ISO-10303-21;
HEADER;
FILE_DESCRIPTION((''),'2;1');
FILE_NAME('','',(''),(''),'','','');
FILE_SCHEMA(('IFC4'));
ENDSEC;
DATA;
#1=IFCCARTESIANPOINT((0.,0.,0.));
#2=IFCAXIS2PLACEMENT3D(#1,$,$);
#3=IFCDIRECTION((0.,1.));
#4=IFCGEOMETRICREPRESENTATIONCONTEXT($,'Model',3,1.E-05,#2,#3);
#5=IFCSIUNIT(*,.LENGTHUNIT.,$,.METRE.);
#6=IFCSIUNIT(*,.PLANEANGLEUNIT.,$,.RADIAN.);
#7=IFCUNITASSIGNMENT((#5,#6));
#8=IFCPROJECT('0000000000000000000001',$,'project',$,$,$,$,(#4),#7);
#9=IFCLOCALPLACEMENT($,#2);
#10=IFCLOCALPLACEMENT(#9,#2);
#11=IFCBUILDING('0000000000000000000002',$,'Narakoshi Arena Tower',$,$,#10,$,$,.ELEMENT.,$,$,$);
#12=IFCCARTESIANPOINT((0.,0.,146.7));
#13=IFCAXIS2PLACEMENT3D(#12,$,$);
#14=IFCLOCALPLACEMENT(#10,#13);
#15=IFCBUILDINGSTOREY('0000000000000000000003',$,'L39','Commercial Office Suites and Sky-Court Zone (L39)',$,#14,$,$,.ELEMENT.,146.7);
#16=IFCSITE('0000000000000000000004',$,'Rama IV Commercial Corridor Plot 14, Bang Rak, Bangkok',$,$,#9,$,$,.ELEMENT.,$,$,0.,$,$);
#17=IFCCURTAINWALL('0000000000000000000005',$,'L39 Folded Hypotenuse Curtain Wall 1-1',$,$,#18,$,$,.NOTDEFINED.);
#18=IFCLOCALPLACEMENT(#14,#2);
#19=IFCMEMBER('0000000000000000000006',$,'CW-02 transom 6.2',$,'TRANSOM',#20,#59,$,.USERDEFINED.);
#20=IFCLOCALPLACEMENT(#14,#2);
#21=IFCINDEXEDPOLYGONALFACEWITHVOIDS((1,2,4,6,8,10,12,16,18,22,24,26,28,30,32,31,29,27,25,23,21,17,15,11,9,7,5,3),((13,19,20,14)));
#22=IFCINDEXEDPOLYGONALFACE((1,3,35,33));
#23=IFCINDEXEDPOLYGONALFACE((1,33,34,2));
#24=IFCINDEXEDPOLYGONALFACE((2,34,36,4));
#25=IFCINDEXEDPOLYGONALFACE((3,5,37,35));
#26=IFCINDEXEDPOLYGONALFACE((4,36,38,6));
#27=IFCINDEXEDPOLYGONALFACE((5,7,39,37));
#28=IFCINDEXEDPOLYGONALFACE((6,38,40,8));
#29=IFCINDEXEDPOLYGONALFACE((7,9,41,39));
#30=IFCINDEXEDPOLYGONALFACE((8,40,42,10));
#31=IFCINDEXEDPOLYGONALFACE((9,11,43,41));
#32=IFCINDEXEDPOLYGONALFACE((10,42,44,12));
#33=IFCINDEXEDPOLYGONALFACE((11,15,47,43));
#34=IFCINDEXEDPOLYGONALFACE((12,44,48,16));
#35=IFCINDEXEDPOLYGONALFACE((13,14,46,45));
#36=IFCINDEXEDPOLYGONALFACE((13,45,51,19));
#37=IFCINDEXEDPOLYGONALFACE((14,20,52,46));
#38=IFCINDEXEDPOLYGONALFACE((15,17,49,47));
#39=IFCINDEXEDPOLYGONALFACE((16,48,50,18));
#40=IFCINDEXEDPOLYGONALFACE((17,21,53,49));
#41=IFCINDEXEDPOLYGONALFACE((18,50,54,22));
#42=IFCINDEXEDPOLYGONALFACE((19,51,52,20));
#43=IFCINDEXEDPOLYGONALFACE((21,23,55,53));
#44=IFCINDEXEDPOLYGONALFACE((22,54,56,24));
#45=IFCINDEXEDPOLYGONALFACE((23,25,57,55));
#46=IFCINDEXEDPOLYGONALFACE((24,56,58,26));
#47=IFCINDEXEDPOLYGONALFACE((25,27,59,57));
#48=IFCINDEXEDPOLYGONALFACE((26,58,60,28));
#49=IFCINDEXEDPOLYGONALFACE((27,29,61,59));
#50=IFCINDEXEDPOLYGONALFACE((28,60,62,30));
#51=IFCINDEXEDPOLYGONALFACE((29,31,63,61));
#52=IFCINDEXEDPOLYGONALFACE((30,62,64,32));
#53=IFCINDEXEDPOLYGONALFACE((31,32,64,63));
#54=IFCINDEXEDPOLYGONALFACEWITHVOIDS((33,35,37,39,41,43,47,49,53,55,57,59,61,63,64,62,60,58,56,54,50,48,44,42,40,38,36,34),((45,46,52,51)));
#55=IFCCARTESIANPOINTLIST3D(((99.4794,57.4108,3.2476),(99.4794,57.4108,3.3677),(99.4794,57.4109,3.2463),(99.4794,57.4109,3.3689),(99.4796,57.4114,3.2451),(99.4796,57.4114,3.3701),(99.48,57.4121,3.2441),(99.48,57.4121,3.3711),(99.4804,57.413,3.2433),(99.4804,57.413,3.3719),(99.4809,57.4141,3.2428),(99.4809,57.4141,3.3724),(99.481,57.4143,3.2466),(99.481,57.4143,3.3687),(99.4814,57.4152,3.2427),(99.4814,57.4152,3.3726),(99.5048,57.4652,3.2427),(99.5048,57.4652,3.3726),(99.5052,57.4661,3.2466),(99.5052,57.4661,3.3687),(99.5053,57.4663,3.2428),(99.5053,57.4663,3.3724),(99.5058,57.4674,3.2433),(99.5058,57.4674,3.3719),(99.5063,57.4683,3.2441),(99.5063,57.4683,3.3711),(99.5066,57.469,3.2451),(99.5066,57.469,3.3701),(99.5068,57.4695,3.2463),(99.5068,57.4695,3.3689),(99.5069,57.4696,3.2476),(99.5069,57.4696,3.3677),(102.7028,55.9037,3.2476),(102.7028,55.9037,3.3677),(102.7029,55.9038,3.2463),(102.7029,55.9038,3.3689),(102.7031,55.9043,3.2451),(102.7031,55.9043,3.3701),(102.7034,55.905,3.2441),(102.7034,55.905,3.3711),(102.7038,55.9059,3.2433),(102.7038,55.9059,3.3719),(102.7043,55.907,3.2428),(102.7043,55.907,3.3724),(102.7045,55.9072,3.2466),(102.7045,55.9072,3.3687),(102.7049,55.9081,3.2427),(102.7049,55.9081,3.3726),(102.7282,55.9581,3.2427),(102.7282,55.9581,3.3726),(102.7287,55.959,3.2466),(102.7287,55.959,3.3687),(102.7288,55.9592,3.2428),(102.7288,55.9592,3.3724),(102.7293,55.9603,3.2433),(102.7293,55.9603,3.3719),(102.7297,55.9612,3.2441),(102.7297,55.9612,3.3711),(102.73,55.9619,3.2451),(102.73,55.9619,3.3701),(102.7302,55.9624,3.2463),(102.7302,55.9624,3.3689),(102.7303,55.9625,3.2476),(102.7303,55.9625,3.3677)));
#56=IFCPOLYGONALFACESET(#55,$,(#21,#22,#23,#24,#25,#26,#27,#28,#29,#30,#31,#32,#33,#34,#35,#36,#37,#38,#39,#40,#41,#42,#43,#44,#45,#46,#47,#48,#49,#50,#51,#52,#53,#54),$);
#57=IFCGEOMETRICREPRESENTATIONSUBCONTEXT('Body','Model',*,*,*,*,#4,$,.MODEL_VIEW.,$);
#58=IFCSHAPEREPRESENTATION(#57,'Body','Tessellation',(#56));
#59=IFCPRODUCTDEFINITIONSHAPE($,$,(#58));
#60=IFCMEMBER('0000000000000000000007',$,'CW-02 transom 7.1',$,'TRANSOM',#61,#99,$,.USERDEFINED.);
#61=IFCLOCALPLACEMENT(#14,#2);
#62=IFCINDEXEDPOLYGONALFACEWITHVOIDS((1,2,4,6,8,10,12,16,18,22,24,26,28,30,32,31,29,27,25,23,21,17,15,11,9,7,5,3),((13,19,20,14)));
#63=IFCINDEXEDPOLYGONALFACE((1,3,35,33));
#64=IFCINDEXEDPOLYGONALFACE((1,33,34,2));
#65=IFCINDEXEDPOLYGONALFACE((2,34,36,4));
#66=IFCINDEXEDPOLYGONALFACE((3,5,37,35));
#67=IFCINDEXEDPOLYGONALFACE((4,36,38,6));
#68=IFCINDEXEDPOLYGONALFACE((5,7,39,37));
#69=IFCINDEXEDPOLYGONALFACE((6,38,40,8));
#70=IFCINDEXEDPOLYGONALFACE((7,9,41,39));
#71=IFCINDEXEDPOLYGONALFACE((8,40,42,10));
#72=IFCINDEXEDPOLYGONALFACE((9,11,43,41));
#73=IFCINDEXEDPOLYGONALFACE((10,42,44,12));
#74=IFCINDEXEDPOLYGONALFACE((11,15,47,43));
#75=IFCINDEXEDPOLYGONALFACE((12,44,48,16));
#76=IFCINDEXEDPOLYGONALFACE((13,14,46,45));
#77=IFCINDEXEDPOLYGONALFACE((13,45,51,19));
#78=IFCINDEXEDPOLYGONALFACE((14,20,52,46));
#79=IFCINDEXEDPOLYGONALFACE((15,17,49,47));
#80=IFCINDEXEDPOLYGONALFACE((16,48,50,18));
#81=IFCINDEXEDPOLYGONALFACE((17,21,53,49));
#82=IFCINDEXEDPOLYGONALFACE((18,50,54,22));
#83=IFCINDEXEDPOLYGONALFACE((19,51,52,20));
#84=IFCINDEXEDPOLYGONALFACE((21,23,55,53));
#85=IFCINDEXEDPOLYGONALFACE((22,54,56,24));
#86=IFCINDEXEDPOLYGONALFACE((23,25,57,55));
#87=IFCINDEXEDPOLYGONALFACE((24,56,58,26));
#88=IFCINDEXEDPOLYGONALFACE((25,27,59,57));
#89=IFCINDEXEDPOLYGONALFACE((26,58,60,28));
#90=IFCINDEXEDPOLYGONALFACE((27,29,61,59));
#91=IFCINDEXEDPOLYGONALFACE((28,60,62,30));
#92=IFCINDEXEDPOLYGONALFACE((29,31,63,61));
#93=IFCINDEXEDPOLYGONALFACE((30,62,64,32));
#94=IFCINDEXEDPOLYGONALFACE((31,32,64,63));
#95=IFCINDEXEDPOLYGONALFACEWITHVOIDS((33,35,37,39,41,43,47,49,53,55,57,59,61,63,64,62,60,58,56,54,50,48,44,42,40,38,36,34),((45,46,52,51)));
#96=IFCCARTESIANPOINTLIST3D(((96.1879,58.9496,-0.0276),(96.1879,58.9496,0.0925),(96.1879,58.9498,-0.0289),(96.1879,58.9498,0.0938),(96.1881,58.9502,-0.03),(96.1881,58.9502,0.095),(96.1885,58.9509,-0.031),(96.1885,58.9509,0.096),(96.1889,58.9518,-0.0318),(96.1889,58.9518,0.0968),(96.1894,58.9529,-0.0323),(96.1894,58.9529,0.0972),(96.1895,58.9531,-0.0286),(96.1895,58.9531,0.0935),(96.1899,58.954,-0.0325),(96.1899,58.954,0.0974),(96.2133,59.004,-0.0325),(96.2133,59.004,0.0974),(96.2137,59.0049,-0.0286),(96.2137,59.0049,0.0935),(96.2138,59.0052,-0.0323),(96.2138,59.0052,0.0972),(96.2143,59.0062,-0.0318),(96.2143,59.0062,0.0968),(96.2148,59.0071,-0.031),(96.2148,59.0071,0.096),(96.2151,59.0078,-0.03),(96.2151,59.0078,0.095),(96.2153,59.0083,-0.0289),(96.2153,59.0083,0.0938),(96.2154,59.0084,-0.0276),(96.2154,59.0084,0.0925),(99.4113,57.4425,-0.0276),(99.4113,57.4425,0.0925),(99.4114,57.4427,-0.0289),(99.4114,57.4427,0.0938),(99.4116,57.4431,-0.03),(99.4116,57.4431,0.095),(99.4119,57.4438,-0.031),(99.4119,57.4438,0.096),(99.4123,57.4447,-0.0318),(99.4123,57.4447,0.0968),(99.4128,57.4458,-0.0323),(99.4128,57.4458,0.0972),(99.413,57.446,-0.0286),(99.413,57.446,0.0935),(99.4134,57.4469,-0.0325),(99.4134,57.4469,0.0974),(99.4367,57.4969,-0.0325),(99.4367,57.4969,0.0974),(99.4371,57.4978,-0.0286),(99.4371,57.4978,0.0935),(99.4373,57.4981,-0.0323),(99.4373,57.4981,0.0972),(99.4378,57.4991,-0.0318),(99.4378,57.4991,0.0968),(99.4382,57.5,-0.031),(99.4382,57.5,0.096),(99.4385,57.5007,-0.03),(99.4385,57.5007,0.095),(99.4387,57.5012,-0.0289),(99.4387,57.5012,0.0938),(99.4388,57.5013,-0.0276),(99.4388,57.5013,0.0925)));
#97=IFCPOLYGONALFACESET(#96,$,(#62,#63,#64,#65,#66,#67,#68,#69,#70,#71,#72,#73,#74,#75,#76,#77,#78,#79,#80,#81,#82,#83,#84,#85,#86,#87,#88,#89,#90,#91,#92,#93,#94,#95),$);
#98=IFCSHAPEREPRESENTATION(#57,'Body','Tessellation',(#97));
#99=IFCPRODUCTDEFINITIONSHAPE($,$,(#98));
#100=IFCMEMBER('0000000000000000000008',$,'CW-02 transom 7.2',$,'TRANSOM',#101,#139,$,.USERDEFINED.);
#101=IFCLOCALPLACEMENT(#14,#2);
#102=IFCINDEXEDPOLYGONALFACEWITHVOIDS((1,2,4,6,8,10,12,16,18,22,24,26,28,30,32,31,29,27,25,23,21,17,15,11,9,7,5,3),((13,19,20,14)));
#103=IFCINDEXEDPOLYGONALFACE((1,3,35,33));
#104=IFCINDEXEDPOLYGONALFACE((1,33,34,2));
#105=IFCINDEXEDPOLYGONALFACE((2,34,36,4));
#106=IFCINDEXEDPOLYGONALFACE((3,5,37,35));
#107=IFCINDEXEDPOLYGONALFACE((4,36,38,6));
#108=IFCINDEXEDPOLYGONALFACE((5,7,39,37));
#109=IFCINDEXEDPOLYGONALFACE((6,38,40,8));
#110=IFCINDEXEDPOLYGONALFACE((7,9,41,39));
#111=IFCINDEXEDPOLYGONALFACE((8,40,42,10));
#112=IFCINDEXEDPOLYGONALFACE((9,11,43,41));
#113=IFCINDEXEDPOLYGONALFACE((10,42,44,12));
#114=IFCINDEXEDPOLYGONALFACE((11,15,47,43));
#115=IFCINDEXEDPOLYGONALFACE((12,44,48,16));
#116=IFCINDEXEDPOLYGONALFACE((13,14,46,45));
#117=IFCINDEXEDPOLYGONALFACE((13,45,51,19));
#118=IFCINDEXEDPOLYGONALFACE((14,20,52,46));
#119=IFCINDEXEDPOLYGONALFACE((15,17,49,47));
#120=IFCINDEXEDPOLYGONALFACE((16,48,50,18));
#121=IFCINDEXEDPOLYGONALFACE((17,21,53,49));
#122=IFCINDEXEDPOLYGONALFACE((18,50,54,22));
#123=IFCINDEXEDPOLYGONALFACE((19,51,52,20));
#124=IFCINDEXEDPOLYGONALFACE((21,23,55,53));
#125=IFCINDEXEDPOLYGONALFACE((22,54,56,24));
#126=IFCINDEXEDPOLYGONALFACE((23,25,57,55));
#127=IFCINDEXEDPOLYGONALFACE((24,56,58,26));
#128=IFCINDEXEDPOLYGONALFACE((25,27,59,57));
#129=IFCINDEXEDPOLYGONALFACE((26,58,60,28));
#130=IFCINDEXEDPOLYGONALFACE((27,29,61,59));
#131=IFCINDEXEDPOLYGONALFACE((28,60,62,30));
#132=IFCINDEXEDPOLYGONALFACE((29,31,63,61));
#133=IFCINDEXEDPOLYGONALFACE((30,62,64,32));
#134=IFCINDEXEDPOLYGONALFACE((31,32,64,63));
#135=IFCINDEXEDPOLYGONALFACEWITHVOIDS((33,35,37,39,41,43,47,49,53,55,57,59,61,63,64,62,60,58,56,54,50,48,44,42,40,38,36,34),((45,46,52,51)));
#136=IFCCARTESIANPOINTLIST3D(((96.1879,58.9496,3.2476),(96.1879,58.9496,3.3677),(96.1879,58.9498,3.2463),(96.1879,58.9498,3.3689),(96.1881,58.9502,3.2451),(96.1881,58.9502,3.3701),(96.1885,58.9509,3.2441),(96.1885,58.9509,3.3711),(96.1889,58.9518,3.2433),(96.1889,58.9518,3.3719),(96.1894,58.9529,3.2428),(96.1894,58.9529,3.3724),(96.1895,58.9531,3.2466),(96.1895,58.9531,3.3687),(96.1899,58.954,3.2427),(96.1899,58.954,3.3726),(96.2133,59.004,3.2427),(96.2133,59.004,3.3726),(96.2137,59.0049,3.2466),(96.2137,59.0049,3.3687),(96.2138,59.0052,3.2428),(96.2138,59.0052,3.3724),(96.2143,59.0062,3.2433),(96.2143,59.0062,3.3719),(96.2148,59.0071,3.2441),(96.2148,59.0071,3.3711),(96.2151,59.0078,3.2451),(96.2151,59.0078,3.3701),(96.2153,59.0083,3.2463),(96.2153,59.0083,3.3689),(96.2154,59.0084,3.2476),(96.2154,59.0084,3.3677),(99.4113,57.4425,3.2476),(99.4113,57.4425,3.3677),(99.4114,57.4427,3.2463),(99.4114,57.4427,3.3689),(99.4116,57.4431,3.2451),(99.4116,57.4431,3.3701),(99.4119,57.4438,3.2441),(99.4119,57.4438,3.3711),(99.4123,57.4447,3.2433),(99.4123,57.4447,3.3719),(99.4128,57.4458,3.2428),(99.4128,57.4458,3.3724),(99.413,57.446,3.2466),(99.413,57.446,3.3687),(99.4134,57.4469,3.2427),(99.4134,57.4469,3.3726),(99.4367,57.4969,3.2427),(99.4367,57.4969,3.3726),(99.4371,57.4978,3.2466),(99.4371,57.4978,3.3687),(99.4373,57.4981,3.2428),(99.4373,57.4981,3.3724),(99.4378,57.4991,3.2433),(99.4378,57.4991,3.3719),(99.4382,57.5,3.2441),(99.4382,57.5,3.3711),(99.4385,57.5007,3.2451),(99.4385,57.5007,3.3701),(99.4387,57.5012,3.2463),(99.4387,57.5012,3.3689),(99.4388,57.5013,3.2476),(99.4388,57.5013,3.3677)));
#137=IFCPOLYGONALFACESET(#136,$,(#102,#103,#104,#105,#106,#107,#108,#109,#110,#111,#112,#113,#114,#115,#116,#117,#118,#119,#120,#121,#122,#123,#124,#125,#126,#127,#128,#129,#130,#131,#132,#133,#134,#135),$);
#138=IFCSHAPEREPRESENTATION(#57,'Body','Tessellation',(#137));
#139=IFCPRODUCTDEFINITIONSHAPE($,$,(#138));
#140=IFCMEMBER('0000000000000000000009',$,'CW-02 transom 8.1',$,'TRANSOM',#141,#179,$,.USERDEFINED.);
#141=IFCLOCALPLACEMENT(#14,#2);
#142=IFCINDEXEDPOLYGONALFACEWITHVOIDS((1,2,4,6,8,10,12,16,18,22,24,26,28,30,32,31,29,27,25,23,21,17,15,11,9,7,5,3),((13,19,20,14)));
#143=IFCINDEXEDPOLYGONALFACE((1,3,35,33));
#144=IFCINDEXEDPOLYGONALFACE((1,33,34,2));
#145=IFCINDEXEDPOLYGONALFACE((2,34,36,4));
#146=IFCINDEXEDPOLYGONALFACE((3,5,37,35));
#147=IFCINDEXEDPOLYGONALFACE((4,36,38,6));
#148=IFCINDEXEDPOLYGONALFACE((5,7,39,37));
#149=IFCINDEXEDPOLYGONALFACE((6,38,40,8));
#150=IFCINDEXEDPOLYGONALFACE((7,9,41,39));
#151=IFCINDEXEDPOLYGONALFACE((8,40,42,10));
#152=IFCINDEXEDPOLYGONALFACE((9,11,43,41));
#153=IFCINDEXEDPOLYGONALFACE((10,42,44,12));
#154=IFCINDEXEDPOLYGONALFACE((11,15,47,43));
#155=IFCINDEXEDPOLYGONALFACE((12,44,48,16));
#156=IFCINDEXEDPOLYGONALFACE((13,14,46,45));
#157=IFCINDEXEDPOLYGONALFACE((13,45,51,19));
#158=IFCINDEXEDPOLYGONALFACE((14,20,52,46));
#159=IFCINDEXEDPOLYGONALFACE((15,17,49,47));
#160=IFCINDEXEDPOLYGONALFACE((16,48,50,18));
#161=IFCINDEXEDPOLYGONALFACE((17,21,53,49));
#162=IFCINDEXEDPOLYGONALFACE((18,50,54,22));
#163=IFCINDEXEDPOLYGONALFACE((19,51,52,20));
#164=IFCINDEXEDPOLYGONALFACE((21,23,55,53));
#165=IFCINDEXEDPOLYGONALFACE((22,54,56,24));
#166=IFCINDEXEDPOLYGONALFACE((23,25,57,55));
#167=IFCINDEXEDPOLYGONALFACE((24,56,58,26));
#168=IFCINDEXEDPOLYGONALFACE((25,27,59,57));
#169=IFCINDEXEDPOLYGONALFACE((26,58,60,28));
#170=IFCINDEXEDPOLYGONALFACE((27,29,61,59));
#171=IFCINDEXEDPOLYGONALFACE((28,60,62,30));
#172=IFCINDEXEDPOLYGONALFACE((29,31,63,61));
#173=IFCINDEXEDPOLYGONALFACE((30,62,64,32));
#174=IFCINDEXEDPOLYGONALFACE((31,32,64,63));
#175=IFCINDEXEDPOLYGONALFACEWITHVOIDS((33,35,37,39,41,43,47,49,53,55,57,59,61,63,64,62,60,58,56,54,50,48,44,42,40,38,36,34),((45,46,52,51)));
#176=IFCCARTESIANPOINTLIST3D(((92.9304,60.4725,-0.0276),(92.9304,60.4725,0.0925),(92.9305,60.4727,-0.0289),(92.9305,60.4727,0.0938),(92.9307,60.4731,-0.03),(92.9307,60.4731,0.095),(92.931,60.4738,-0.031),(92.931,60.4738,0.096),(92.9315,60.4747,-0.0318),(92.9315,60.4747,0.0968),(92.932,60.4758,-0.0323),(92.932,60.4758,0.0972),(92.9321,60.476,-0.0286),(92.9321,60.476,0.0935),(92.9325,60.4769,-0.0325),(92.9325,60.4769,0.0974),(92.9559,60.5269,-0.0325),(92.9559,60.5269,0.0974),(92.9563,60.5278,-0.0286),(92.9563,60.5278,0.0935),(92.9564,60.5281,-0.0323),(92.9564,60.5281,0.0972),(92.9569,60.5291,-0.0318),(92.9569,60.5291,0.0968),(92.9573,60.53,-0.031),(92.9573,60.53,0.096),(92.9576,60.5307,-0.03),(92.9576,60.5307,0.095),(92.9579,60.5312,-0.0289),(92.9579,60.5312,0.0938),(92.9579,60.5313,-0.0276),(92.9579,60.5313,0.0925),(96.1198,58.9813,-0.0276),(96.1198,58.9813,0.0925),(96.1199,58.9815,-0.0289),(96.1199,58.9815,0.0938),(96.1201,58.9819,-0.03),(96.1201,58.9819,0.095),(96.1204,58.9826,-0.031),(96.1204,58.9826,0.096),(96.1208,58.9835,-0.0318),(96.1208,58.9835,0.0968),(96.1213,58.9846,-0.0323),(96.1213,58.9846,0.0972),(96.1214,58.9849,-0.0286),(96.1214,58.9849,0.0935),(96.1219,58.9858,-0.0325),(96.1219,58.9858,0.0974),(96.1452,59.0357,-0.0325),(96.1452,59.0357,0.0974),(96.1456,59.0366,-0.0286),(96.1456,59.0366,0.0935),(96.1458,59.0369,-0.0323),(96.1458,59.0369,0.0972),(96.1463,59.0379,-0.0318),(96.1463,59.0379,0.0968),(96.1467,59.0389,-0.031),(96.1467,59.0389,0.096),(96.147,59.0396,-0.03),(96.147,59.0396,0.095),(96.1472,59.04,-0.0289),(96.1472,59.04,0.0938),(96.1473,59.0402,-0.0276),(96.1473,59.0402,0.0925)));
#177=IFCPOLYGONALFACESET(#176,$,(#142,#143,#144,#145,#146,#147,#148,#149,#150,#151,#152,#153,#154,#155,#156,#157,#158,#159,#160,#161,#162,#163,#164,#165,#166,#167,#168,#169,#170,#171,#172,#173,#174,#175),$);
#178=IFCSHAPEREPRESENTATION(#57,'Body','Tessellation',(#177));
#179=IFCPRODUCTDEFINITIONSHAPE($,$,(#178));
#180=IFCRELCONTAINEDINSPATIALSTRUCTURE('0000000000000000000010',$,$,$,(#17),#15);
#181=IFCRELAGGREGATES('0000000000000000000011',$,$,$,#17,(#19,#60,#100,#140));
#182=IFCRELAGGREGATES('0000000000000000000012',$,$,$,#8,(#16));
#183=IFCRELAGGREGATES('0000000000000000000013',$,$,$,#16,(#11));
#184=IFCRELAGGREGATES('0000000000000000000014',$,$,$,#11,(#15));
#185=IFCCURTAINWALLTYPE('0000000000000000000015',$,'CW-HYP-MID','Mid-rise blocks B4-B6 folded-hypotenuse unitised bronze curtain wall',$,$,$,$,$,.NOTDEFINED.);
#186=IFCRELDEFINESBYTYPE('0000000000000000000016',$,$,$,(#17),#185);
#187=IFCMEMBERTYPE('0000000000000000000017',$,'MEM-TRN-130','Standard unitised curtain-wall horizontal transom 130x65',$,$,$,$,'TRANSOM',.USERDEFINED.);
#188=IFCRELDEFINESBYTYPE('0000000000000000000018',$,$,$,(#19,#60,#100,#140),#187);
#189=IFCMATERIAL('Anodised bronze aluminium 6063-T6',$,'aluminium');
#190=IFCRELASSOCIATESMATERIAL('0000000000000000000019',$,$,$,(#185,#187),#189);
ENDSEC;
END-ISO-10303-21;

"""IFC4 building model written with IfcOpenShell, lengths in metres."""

from ifc_helpers import new_model, si_unit, direction, frame, origin, origin_2d, place, context, subcontext, project, spatial, hollow_rectangle, extrude, material, material_profile, profile_set, type_object, element, aggregate, save


model = new_model("IFC4")

# Units and contexts
model_context = context("Model", 3, precision=1e-05, world=origin(), true_north=direction((0.0, 1.0)))
body_context = subcontext(model_context, "Body", "Model", "MODEL_VIEW")
ifc_project = project(units=[si_unit("LENGTHUNIT", "METRE"), si_unit("PLANEANGLEUNIT", "RADIAN")], contexts=[model_context])

# Site, building, storey
site_placement = place(None, origin())
site = spatial("IfcSite", under=ifc_project, at=site_placement, Name="Rama IV Commercial Corridor Plot 14, Bang Rak, Bangkok", CompositionType="ELEMENT", RefElevation=0.0)
building_placement = place(site_placement, origin())
building = spatial("IfcBuilding", under=site, at=building_placement, Name="Narakoshi Arena Tower", CompositionType="ELEMENT")
storey_placement = place(building_placement, frame((0.0, 0.0, 146.7)))
storey = spatial("IfcBuildingStorey", under=building, at=storey_placement, Name="L39", Description="Commercial Office Suites and Sky-Court Zone (L39)", CompositionType="ELEMENT", Elevation=146.7)

# Curtain wall, members
ifc_material_1 = material(Name="Anodised bronze aluminium 6063-T6", Category="aluminium")
curtain_wall_type = type_object("IfcCurtainWallType", Name="CW-HYP-MID", Description="Mid-rise blocks B4-B6 folded-hypotenuse unitised bronze curtain wall", PredefinedType="NOTDEFINED", material=ifc_material_1)
curtain_wall_placement = place(storey_placement, origin())
curtain_wall = element("IfcCurtainWall", 1, at=curtain_wall_placement, inside=storey, type_object=curtain_wall_type, Name="L39 Folded Hypotenuse Curtain Wall 1-1", PredefinedType="NOTDEFINED")
ifc_material_profile_1 = material_profile(ifc_material_1, hollow_rectangle(XDim=0.0649, YDim=0.1299, WallThickness=0.0039, OuterFilletRadius=0.0049, at=origin_2d()), Name="TRN130x65x4")
ifc_profile_set_1 = profile_set([ifc_material_profile_1], Name="Anodised bronze aluminium 6063-T6")
member_type_1 = type_object("IfcMemberType", Name="MEM-TRN-130", Description="Standard unitised curtain-wall horizontal transom 130x65", ElementType="TRANSOM", PredefinedType="USERDEFINED", material=ifc_profile_set_1)
member_1_placement = place(storey_placement, frame((102.7166, 55.9331, 3.3076), z_axis=(-0.905878, 0.423539, 0.0), x_axis=(-0.423539, -0.905878, 0.0)))
member_1 = element("IfcMember", 2, at=member_1_placement, type_object=member_type_1, Name="CW-02 transom 6.2", ObjectType="TRANSOM", PredefinedType="USERDEFINED", context=body_context, shape_type="SweptSolid", body=[
    extrude(hollow_rectangle(XDim=0.0649, YDim=0.1299, WallThickness=0.0039, OuterFilletRadius=0.0049, at=origin_2d()), origin(), (0.0, 0.0, 1.0), 3.5583),
])
member_2_placement = place(storey_placement, frame((99.425, 57.4719, 0.0325), z_axis=(-0.905878, 0.423539, 0.0), x_axis=(-0.423539, -0.905878, 0.0)))
member_2 = element("IfcMember", 3, at=member_2_placement, type_object=member_type_1, Name="CW-02 transom 7.1", ObjectType="TRANSOM", PredefinedType="USERDEFINED", context=body_context, shape_type="SweptSolid", body=[
    extrude(hollow_rectangle(XDim=0.0649, YDim=0.1299, WallThickness=0.0039, OuterFilletRadius=0.0049, at=origin_2d()), origin(), (0.0, 0.0, 1.0), 3.5583),
])
member_3_placement = place(storey_placement, frame((99.425, 57.4719, 3.3076), z_axis=(-0.905878, 0.423539, 0.0), x_axis=(-0.423539, -0.905878, 0.0)))
member_3 = element("IfcMember", 4, at=member_3_placement, type_object=member_type_1, Name="CW-02 transom 7.2", ObjectType="TRANSOM", PredefinedType="USERDEFINED", context=body_context, shape_type="SweptSolid", body=[
    extrude(hollow_rectangle(XDim=0.0649, YDim=0.1299, WallThickness=0.0039, OuterFilletRadius=0.0049, at=origin_2d()), origin(), (0.0, 0.0, 1.0), 3.5583),
])
member_4_placement = place(storey_placement, frame((96.1335, 59.0107, 0.0325), z_axis=(-0.905878, 0.423538, 0.0), x_axis=(-0.423538, -0.905878, 0.0)))
member_4 = element("IfcMember", 5, at=member_4_placement, type_object=member_type_1, Name="CW-02 transom 8.1", ObjectType="TRANSOM", PredefinedType="USERDEFINED", context=body_context, shape_type="SweptSolid", body=[
    extrude(hollow_rectangle(XDim=0.0649, YDim=0.1299, WallThickness=0.0039, OuterFilletRadius=0.0049, at=origin_2d()), origin(), (0.0, 0.0, 1.0), 3.5208),
])
aggregate(curtain_wall, [member_1, member_2, member_3, member_4])

save(model, "model.ifc")
